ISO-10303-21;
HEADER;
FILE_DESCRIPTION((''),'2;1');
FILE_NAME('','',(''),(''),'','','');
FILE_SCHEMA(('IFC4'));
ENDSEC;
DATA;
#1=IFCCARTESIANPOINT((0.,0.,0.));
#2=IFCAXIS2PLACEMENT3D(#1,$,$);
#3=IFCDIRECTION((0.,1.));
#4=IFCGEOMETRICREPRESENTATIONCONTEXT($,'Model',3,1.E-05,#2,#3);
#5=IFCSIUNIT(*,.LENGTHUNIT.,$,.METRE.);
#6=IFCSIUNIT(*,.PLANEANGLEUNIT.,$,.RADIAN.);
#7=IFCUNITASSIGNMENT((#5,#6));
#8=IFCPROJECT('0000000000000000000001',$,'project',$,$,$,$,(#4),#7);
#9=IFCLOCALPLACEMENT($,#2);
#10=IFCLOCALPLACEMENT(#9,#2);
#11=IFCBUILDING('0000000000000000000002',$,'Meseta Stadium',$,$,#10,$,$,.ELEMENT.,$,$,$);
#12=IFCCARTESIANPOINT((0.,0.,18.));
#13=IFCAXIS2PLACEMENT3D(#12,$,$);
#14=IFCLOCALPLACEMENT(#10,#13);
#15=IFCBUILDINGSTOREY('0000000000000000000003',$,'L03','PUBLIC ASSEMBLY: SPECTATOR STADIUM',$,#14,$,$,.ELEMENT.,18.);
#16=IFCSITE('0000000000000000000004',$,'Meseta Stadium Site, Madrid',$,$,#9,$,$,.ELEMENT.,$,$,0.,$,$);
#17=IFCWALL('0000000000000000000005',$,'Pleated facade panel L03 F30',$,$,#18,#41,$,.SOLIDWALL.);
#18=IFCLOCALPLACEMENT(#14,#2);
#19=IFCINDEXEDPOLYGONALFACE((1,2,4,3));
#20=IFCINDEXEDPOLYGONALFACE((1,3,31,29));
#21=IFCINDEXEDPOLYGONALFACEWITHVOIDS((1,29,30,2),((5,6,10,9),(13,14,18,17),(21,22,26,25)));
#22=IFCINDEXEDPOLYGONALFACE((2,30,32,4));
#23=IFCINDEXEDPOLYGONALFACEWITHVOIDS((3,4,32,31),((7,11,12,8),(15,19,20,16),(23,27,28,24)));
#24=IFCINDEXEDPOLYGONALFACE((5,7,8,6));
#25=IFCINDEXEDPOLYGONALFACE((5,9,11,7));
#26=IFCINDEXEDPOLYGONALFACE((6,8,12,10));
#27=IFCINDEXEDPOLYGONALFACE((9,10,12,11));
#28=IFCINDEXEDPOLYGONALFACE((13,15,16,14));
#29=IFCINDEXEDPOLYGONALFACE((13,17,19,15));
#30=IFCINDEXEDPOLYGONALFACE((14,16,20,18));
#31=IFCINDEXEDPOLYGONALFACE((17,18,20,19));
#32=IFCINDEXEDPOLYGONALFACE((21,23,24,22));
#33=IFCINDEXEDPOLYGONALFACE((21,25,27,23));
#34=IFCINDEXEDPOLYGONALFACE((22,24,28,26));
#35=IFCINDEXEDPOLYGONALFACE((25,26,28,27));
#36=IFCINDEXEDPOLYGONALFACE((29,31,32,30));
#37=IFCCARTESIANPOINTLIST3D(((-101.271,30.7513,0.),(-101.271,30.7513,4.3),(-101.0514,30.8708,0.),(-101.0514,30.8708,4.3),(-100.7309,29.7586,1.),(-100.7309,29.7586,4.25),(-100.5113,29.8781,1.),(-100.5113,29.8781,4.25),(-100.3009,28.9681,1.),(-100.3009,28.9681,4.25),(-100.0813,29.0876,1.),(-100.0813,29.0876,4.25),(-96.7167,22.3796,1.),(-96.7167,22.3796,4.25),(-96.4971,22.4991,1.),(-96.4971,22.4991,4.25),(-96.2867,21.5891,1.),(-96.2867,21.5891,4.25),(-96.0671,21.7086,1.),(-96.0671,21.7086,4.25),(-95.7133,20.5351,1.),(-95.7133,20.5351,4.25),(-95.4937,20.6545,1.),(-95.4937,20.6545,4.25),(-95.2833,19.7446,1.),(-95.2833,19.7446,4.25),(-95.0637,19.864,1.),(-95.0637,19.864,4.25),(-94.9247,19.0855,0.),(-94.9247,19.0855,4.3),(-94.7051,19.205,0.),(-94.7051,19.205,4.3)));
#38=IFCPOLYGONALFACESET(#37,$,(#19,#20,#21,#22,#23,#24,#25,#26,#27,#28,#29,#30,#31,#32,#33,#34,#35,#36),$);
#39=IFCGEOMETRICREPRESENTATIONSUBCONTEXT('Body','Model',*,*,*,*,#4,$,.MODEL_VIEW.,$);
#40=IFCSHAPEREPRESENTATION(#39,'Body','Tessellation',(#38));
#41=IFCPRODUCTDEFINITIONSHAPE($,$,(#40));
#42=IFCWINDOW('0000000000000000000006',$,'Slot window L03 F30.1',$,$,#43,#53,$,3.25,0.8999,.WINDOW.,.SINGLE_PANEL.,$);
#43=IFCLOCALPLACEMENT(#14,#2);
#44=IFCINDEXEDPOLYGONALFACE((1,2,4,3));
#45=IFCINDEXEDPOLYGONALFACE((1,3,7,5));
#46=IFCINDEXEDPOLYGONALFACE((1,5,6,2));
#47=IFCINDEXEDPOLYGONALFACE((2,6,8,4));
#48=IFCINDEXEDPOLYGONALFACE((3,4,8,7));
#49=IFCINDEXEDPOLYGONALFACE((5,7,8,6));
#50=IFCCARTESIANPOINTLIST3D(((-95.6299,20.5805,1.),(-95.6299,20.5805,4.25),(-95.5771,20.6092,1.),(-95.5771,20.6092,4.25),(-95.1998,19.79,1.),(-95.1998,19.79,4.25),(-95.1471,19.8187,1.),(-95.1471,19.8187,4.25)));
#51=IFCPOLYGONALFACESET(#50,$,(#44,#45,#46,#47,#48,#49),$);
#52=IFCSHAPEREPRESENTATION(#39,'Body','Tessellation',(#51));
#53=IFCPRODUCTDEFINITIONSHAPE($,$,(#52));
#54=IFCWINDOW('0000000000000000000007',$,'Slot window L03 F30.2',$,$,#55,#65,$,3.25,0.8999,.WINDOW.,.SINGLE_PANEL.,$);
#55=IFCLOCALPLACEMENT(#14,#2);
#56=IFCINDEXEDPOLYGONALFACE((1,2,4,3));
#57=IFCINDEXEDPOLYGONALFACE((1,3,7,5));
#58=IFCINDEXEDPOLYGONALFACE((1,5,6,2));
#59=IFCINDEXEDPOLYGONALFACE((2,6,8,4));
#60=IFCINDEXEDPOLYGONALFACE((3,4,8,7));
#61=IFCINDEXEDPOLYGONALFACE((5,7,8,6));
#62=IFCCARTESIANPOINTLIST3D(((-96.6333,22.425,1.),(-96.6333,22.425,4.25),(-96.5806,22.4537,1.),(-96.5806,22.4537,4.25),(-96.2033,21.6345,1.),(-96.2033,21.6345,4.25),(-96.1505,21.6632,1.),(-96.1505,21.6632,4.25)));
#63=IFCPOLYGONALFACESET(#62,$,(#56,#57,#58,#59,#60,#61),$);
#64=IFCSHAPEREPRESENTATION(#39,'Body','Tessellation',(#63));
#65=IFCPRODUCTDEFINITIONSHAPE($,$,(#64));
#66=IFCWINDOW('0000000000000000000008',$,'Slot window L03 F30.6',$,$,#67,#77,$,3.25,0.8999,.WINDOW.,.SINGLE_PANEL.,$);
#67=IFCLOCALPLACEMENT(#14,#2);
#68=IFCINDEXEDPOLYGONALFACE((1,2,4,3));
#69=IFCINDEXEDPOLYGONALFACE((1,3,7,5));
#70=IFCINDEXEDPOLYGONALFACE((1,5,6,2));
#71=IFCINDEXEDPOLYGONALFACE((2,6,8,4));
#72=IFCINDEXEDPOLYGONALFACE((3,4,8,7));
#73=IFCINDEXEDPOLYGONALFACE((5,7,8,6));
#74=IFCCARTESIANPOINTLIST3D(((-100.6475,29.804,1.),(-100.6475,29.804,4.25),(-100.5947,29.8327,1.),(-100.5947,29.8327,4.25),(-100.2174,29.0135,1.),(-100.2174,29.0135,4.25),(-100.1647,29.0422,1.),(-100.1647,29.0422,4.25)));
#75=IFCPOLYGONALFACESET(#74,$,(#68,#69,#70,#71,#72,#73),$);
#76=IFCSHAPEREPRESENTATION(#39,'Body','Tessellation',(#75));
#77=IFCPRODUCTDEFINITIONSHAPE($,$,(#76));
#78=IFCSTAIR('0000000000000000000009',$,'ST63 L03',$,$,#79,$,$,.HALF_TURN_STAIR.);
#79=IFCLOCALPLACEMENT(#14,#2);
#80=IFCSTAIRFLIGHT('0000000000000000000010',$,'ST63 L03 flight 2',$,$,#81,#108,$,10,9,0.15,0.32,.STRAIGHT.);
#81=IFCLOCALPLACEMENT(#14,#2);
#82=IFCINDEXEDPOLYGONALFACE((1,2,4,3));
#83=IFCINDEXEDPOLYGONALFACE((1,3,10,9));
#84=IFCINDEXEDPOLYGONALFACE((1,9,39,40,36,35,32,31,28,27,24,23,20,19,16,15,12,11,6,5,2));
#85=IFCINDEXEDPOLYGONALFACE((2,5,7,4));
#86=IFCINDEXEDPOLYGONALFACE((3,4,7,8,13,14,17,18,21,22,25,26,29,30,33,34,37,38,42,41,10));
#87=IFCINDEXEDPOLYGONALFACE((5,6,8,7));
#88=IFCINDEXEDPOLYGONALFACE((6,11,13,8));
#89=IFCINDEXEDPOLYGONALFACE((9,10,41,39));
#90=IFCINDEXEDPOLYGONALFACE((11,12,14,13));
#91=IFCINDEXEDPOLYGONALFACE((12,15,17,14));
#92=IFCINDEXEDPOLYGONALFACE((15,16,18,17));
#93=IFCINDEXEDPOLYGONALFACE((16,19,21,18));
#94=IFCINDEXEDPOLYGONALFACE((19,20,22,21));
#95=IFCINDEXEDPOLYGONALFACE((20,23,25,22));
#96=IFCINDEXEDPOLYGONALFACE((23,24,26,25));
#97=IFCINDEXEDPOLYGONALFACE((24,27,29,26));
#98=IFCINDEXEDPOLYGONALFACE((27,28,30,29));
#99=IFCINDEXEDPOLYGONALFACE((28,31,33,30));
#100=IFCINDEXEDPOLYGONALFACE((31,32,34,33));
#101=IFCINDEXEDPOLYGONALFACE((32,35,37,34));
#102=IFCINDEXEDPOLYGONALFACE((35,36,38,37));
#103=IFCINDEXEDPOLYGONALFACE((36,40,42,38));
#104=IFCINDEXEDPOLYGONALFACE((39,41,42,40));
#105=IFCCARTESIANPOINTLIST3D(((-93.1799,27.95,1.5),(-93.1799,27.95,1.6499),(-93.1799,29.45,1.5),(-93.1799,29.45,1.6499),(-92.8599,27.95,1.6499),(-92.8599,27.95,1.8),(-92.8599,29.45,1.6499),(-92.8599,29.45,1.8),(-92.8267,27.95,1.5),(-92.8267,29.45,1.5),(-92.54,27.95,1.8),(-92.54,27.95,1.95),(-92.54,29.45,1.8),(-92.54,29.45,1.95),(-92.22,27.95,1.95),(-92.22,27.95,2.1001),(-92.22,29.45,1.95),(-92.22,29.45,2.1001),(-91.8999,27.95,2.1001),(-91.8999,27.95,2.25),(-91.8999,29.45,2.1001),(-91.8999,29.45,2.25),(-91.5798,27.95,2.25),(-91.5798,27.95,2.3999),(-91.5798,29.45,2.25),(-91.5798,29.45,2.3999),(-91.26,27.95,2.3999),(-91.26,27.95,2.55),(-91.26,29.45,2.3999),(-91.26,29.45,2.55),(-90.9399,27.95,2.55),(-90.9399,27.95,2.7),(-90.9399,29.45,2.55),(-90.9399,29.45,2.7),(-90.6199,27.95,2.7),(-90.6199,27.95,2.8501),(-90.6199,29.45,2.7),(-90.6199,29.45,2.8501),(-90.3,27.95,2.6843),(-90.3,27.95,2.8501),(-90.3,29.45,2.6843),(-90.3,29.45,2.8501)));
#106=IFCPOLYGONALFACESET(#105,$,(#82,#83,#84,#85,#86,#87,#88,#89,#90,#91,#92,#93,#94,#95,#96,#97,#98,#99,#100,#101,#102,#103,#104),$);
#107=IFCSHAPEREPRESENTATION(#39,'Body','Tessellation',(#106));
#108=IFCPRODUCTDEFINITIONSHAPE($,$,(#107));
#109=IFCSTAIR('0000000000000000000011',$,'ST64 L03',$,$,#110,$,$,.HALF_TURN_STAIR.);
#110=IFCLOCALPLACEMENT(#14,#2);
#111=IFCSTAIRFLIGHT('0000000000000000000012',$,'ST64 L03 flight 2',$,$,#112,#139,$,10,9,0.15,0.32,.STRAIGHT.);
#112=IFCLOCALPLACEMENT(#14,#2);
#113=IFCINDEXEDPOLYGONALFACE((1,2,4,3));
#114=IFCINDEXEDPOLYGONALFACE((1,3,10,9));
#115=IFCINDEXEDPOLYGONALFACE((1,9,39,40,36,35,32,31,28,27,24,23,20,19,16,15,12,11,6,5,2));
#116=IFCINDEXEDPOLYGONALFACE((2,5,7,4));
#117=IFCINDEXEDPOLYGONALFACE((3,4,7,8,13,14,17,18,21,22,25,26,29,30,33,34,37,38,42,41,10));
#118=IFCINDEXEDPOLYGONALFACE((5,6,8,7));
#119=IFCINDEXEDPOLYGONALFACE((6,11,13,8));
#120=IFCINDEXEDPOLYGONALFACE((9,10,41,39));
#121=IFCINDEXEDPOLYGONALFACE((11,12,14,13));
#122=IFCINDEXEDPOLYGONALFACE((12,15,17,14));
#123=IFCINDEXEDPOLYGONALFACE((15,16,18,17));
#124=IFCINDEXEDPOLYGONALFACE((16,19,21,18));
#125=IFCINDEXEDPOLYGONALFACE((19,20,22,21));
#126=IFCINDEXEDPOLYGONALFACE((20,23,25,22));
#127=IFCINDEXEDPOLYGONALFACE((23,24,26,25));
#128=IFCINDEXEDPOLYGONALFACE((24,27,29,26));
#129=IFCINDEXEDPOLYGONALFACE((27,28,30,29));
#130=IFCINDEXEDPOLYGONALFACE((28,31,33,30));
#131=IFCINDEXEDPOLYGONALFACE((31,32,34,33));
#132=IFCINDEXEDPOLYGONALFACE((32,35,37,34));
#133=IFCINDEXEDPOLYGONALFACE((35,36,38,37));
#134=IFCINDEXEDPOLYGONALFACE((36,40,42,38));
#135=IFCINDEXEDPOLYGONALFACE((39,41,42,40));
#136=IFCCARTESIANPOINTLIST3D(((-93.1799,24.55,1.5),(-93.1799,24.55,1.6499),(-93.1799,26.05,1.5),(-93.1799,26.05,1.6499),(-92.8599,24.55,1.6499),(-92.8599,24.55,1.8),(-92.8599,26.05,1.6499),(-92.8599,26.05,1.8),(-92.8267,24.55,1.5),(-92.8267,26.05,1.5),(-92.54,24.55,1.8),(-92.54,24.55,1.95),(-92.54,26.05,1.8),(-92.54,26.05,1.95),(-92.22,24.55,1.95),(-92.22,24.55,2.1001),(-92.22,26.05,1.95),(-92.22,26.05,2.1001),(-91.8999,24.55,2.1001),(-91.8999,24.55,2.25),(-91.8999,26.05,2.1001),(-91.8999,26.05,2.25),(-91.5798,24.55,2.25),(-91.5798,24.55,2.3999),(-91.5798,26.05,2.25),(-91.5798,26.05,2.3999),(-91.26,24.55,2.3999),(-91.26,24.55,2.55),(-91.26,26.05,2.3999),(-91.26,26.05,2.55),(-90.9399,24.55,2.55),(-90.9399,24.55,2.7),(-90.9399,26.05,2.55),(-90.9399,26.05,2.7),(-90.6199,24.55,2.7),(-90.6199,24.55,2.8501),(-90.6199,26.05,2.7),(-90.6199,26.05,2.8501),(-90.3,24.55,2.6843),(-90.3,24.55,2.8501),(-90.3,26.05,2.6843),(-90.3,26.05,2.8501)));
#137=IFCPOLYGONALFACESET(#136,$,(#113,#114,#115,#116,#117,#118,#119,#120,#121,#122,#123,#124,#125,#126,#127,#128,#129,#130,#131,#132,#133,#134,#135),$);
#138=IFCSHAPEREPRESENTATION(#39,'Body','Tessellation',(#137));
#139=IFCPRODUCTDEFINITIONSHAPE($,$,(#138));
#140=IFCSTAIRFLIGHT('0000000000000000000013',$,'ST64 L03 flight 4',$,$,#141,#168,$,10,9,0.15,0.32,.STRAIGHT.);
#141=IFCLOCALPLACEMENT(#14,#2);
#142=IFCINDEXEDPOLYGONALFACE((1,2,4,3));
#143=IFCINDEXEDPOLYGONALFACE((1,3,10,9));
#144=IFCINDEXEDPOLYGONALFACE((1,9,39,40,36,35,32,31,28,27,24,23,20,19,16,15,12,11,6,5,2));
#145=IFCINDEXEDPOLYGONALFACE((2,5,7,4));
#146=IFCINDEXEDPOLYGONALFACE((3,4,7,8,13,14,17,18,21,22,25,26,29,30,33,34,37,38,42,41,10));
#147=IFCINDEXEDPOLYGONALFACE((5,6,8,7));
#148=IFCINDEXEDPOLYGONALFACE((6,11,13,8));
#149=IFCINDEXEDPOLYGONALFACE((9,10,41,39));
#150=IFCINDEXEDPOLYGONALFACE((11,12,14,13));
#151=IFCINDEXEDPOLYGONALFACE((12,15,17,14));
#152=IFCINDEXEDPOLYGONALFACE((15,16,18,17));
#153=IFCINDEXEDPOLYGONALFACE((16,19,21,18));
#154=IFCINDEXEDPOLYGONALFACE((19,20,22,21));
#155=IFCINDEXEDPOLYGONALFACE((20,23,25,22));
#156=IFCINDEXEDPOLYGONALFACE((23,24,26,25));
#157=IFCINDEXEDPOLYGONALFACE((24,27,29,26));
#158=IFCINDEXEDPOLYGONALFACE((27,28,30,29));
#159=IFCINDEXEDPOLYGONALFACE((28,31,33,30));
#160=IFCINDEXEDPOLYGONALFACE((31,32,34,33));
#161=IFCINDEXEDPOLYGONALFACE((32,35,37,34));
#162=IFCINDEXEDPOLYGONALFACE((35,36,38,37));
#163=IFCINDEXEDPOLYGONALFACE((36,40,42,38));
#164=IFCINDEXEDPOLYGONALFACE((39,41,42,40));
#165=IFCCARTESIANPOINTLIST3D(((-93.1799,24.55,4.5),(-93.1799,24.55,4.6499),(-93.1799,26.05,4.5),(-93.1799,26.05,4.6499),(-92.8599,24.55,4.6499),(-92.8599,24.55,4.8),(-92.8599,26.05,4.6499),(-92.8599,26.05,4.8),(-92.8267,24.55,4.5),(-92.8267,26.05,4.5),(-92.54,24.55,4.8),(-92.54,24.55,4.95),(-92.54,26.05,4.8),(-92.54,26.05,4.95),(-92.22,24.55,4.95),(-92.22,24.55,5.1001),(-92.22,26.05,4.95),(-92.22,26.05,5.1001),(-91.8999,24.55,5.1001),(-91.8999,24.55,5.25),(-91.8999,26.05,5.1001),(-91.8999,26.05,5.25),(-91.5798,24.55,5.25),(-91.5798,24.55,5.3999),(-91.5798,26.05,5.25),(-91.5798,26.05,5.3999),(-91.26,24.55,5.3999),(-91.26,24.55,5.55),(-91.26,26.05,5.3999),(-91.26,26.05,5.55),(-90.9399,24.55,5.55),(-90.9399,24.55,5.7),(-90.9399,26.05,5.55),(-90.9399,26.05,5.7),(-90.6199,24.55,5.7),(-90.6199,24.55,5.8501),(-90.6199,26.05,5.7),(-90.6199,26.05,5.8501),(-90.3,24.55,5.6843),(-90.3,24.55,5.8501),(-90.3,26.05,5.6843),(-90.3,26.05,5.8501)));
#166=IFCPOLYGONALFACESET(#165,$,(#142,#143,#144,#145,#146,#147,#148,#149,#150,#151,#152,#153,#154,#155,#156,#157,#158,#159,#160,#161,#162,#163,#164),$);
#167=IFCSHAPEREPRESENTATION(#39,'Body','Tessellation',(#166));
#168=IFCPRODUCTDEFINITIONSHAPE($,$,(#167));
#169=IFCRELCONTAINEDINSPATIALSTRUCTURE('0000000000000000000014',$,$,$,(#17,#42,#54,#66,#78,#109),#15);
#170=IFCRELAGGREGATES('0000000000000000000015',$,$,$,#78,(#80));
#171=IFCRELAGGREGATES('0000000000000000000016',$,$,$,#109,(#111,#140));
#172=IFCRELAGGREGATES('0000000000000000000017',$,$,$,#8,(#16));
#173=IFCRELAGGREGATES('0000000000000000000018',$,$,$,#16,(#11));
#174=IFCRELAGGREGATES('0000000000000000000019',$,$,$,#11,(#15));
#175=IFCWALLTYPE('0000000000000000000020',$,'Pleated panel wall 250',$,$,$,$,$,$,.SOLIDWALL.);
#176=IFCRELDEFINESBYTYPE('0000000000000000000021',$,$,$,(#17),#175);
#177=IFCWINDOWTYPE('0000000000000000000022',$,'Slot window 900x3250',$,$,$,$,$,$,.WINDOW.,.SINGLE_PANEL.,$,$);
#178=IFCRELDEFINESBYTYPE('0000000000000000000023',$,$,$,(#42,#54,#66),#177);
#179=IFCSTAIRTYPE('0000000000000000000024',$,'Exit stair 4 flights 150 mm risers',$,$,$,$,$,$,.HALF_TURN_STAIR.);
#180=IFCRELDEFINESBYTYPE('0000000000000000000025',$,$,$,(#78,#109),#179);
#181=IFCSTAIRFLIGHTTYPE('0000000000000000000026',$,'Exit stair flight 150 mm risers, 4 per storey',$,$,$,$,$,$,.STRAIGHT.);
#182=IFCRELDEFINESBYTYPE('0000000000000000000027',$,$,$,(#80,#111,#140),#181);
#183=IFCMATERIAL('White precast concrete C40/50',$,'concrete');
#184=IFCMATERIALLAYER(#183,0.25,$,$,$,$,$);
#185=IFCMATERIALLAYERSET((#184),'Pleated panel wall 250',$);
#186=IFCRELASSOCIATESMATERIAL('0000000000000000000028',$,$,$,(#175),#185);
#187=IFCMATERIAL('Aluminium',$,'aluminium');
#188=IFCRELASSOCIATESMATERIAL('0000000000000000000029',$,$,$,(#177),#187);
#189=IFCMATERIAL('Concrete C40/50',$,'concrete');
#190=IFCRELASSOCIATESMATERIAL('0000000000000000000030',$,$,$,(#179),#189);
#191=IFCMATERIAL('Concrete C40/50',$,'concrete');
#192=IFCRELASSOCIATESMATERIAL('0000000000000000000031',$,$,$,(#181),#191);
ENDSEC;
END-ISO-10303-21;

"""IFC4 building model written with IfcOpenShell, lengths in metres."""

from ifc_helpers import new_model, si_unit, direction, frame, frame_2d, origin, place, context, subcontext, project, spatial, polyline, rectangle, outline, extrude, material, layer, layer_set, type_object, element, fill, aggregate, save


model = new_model("IFC4")

# Units and contexts
model_context = context("Model", 3, precision=1e-05, world=origin(), true_north=direction((0.0, 1.0)))
body_context = subcontext(model_context, "Body", "Model", "MODEL_VIEW")
ifc_project = project(units=[si_unit("LENGTHUNIT", "METRE"), si_unit("PLANEANGLEUNIT", "RADIAN")], contexts=[model_context])

# Site, building, storey
site_placement = place(None, origin())
site = spatial("IfcSite", under=ifc_project, at=site_placement, Name="Meseta Stadium Site, Madrid", CompositionType="ELEMENT", RefElevation=0.0)
building_placement = place(site_placement, origin())
building = spatial("IfcBuilding", under=site, at=building_placement, Name="Meseta Stadium", CompositionType="ELEMENT")
storey_placement = place(building_placement, frame((0.0, 0.0, 18.0)))
storey = spatial("IfcBuildingStorey", under=building, at=storey_placement, Name="L03", Description="PUBLIC ASSEMBLY: SPECTATOR STADIUM", CompositionType="ELEMENT", Elevation=18.0)

# Wall, openings, windows
ifc_material_1 = material(Name="White precast concrete C40/50", Category="concrete")
ifc_layer_1 = layer(ifc_material_1, 0.25)
ifc_layer_set_1 = layer_set([ifc_layer_1], Name="Pleated panel wall 250")
wall_type = type_object("IfcWallType", Name="Pleated panel wall 250", PredefinedType="SOLIDWALL", material=ifc_layer_set_1)
wall_placement = place(storey_placement, frame((-94.8149, 19.1453, 0.0), z_axis=(0.0, 0.0, 1.0), x_axis=(-0.477868, 0.878432, 0.0)))
wall = element("IfcWall", 1, at=wall_placement, inside=storey, type_object=wall_type, Name="Pleated facade panel L03 F30", PredefinedType="SOLIDWALL", context=body_context, shape_type="SweptSolid", body=[
    extrude(rectangle(XDim=13.2803, YDim=0.25, at=frame_2d((6.6401, 0.0))), origin(), (0.0, 0.0, 1.0), 4.3),
])
opening_1_placement = place(wall_placement, frame((0.7502, 0.0, 1.0)))
opening_1 = element("IfcOpeningElement", 2, at=opening_1_placement, cuts=wall, PredefinedType="OPENING", context=body_context, shape_type="SweptSolid", body=[
    extrude(rectangle(XDim=0.8999, YDim=3.25, at=frame_2d((0.45, 1.625))), frame((0.0, 0.135, 0.0), z_axis=(0.0, -1.0, 0.0), x_axis=(1.0, 0.0, 0.0)), (0.0, 0.0, 1.0), 0.27),
])
opening_2_placement = place(wall_placement, frame((2.8501, 0.0, 1.0)))
opening_2 = element("IfcOpeningElement", 3, at=opening_2_placement, cuts=wall, PredefinedType="OPENING", context=body_context, shape_type="SweptSolid", body=[
    extrude(rectangle(XDim=0.8999, YDim=3.25, at=frame_2d((0.45, 1.625))), frame((0.0, 0.135, 0.0), z_axis=(0.0, -1.0, 0.0), x_axis=(1.0, 0.0, 0.0)), (0.0, 0.0, 1.0), 0.27),
])
opening_3_placement = place(wall_placement, frame((11.2502, 0.0, 1.0)))
opening_3 = element("IfcOpeningElement", 4, at=opening_3_placement, cuts=wall, PredefinedType="OPENING", context=body_context, shape_type="SweptSolid", body=[
    extrude(rectangle(XDim=0.8999, YDim=3.25, at=frame_2d((0.45, 1.625))), frame((0.0, 0.135, 0.0), z_axis=(0.0, -1.0, 0.0), x_axis=(1.0, 0.0, 0.0)), (0.0, 0.0, 1.0), 0.27),
])
ifc_material_2 = material(Name="Aluminium", Category="aluminium")
window_type = type_object("IfcWindowType", Name="Slot window 900x3250", PartitioningType="SINGLE_PANEL", PredefinedType="WINDOW", material=ifc_material_2)
window_1_placement = place(opening_1_placement, origin())
window_1 = element("IfcWindow", 5, at=window_1_placement, inside=storey, type_object=window_type, Name="Slot window L03 F30.1", OverallHeight=3.25, OverallWidth=0.8999, PartitioningType="SINGLE_PANEL", PredefinedType="WINDOW", context=body_context, shape_type="SweptSolid", body=[
    extrude(rectangle(XDim=0.8999, YDim=3.25, at=frame_2d((0.45, 1.625))), frame((0.0, 0.03, 0.0), z_axis=(0.0, -1.0, 0.0), x_axis=(1.0, 0.0, 0.0)), (0.0, 0.0, 1.0), 0.0601),
])
fill(opening_1, window_1)
window_2_placement = place(opening_2_placement, origin())
window_2 = element("IfcWindow", 6, at=window_2_placement, inside=storey, type_object=window_type, Name="Slot window L03 F30.2", OverallHeight=3.25, OverallWidth=0.8999, PartitioningType="SINGLE_PANEL", PredefinedType="WINDOW", context=body_context, shape_type="SweptSolid", body=[
    extrude(rectangle(XDim=0.8999, YDim=3.25, at=frame_2d((0.45, 1.625))), frame((0.0, 0.03, 0.0), z_axis=(0.0, -1.0, 0.0), x_axis=(1.0, 0.0, 0.0)), (0.0, 0.0, 1.0), 0.0601),
])
fill(opening_2, window_2)
window_3_placement = place(opening_3_placement, origin())
window_3 = element("IfcWindow", 7, at=window_3_placement, inside=storey, type_object=window_type, Name="Slot window L03 F30.6", OverallHeight=3.25, OverallWidth=0.8999, PartitioningType="SINGLE_PANEL", PredefinedType="WINDOW", context=body_context, shape_type="SweptSolid", body=[
    extrude(rectangle(XDim=0.8999, YDim=3.25, at=frame_2d((0.45, 1.625))), frame((0.0, 0.03, 0.0), z_axis=(0.0, -1.0, 0.0), x_axis=(1.0, 0.0, 0.0)), (0.0, 0.0, 1.0), 0.0601),
])
fill(opening_3, window_3)

# Stair, stair flight
ifc_material_3 = material(Name="Concrete C40/50", Category="concrete")
stair_type = type_object("IfcStairType", Name="Exit stair 4 flights 150 mm risers", PredefinedType="HALF_TURN_STAIR", material=ifc_material_3)
stair_1_placement = place(storey_placement, origin())
stair_1 = element("IfcStair", 8, at=stair_1_placement, inside=storey, type_object=stair_type, Name="ST63 L03", PredefinedType="HALF_TURN_STAIR")
ifc_material_4 = material(Name="Concrete C40/50", Category="concrete")
stair_flight_type = type_object("IfcStairFlightType", Name="Exit stair flight 150 mm risers, 4 per storey", PredefinedType="STRAIGHT", material=ifc_material_4)
stair_flight_1_placement = place(storey_placement, frame((-93.1799, 28.7, 1.5), z_axis=(0.0, 0.0, 1.0), x_axis=(1.0, 0.0, 0.0)))
stair_flight_1 = element("IfcStairFlight", 9, at=stair_flight_1_placement, type_object=stair_flight_type, Name="ST63 L03 flight 2", NumberOfRisers=10, NumberOfTreads=9, PredefinedType="STRAIGHT", RiserHeight=0.15, TreadLength=0.32, context=body_context, shape_type="SweptSolid", body=[
    extrude(outline(polyline([(0.0, 0.0), (0.0, 0.1499), (0.3201, 0.1499), (0.3201, 0.3), (0.6399, 0.3), (0.6399, 0.45), (0.96, 0.45), (0.96, 0.6001), (1.28, 0.6001), (1.28, 0.75), (1.6001, 0.75), (1.6001, 0.8999), (1.9199, 0.8999), (1.9199, 1.05), (2.24, 1.05), (2.24, 1.2), (2.5601, 1.2), (2.5601, 1.3501), (2.8799, 1.3501), (2.8799, 1.1843), (0.3533, 0.0), (0.0, 0.0)])), frame((0.0, 0.75, 0.0), z_axis=(0.0, -1.0, 0.0), x_axis=(1.0, 0.0, 0.0)), (0.0, 0.0, 1.0), 1.5),
])
aggregate(stair_1, [stair_flight_1])

# Stair, stair flights
stair_2_placement = place(storey_placement, origin())
stair_2 = element("IfcStair", 10, at=stair_2_placement, inside=storey, type_object=stair_type, Name="ST64 L03", PredefinedType="HALF_TURN_STAIR")
stair_flight_2_placement = place(storey_placement, frame((-93.1799, 25.3, 1.5), z_axis=(0.0, 0.0, 1.0), x_axis=(1.0, 0.0, 0.0)))
stair_flight_2 = element("IfcStairFlight", 11, at=stair_flight_2_placement, type_object=stair_flight_type, Name="ST64 L03 flight 2", NumberOfRisers=10, NumberOfTreads=9, PredefinedType="STRAIGHT", RiserHeight=0.15, TreadLength=0.32, context=body_context, shape_type="SweptSolid", body=[
    extrude(outline(polyline([(0.0, 0.0), (0.0, 0.1499), (0.3201, 0.1499), (0.3201, 0.3), (0.6399, 0.3), (0.6399, 0.45), (0.96, 0.45), (0.96, 0.6001), (1.28, 0.6001), (1.28, 0.75), (1.6001, 0.75), (1.6001, 0.8999), (1.9199, 0.8999), (1.9199, 1.05), (2.24, 1.05), (2.24, 1.2), (2.5601, 1.2), (2.5601, 1.3501), (2.8799, 1.3501), (2.8799, 1.1843), (0.3533, 0.0), (0.0, 0.0)])), frame((0.0, 0.75, 0.0), z_axis=(0.0, -1.0, 0.0), x_axis=(1.0, 0.0, 0.0)), (0.0, 0.0, 1.0), 1.5),
])
stair_flight_3_placement = place(storey_placement, frame((-93.1799, 25.3, 4.5), z_axis=(0.0, 0.0, 1.0), x_axis=(1.0, 0.0, 0.0)))
stair_flight_3 = element("IfcStairFlight", 12, at=stair_flight_3_placement, type_object=stair_flight_type, Name="ST64 L03 flight 4", NumberOfRisers=10, NumberOfTreads=9, PredefinedType="STRAIGHT", RiserHeight=0.15, TreadLength=0.32, context=body_context, shape_type="SweptSolid", body=[
    extrude(outline(polyline([(0.0, 0.0), (0.0, 0.1499), (0.3201, 0.1499), (0.3201, 0.3), (0.6399, 0.3), (0.6399, 0.45), (0.96, 0.45), (0.96, 0.6001), (1.28, 0.6001), (1.28, 0.75), (1.6001, 0.75), (1.6001, 0.8999), (1.9199, 0.8999), (1.9199, 1.05), (2.24, 1.05), (2.24, 1.2), (2.5601, 1.2), (2.5601, 1.3501), (2.8799, 1.3501), (2.8799, 1.1843), (0.3533, 0.0), (0.0, 0.0)])), frame((0.0, 0.75, 0.0), z_axis=(0.0, -1.0, 0.0), x_axis=(1.0, 0.0, 0.0)), (0.0, 0.0, 1.0), 1.5),
])
aggregate(stair_2, [stair_flight_2, stair_flight_3])

save(model, "model.ifc")
